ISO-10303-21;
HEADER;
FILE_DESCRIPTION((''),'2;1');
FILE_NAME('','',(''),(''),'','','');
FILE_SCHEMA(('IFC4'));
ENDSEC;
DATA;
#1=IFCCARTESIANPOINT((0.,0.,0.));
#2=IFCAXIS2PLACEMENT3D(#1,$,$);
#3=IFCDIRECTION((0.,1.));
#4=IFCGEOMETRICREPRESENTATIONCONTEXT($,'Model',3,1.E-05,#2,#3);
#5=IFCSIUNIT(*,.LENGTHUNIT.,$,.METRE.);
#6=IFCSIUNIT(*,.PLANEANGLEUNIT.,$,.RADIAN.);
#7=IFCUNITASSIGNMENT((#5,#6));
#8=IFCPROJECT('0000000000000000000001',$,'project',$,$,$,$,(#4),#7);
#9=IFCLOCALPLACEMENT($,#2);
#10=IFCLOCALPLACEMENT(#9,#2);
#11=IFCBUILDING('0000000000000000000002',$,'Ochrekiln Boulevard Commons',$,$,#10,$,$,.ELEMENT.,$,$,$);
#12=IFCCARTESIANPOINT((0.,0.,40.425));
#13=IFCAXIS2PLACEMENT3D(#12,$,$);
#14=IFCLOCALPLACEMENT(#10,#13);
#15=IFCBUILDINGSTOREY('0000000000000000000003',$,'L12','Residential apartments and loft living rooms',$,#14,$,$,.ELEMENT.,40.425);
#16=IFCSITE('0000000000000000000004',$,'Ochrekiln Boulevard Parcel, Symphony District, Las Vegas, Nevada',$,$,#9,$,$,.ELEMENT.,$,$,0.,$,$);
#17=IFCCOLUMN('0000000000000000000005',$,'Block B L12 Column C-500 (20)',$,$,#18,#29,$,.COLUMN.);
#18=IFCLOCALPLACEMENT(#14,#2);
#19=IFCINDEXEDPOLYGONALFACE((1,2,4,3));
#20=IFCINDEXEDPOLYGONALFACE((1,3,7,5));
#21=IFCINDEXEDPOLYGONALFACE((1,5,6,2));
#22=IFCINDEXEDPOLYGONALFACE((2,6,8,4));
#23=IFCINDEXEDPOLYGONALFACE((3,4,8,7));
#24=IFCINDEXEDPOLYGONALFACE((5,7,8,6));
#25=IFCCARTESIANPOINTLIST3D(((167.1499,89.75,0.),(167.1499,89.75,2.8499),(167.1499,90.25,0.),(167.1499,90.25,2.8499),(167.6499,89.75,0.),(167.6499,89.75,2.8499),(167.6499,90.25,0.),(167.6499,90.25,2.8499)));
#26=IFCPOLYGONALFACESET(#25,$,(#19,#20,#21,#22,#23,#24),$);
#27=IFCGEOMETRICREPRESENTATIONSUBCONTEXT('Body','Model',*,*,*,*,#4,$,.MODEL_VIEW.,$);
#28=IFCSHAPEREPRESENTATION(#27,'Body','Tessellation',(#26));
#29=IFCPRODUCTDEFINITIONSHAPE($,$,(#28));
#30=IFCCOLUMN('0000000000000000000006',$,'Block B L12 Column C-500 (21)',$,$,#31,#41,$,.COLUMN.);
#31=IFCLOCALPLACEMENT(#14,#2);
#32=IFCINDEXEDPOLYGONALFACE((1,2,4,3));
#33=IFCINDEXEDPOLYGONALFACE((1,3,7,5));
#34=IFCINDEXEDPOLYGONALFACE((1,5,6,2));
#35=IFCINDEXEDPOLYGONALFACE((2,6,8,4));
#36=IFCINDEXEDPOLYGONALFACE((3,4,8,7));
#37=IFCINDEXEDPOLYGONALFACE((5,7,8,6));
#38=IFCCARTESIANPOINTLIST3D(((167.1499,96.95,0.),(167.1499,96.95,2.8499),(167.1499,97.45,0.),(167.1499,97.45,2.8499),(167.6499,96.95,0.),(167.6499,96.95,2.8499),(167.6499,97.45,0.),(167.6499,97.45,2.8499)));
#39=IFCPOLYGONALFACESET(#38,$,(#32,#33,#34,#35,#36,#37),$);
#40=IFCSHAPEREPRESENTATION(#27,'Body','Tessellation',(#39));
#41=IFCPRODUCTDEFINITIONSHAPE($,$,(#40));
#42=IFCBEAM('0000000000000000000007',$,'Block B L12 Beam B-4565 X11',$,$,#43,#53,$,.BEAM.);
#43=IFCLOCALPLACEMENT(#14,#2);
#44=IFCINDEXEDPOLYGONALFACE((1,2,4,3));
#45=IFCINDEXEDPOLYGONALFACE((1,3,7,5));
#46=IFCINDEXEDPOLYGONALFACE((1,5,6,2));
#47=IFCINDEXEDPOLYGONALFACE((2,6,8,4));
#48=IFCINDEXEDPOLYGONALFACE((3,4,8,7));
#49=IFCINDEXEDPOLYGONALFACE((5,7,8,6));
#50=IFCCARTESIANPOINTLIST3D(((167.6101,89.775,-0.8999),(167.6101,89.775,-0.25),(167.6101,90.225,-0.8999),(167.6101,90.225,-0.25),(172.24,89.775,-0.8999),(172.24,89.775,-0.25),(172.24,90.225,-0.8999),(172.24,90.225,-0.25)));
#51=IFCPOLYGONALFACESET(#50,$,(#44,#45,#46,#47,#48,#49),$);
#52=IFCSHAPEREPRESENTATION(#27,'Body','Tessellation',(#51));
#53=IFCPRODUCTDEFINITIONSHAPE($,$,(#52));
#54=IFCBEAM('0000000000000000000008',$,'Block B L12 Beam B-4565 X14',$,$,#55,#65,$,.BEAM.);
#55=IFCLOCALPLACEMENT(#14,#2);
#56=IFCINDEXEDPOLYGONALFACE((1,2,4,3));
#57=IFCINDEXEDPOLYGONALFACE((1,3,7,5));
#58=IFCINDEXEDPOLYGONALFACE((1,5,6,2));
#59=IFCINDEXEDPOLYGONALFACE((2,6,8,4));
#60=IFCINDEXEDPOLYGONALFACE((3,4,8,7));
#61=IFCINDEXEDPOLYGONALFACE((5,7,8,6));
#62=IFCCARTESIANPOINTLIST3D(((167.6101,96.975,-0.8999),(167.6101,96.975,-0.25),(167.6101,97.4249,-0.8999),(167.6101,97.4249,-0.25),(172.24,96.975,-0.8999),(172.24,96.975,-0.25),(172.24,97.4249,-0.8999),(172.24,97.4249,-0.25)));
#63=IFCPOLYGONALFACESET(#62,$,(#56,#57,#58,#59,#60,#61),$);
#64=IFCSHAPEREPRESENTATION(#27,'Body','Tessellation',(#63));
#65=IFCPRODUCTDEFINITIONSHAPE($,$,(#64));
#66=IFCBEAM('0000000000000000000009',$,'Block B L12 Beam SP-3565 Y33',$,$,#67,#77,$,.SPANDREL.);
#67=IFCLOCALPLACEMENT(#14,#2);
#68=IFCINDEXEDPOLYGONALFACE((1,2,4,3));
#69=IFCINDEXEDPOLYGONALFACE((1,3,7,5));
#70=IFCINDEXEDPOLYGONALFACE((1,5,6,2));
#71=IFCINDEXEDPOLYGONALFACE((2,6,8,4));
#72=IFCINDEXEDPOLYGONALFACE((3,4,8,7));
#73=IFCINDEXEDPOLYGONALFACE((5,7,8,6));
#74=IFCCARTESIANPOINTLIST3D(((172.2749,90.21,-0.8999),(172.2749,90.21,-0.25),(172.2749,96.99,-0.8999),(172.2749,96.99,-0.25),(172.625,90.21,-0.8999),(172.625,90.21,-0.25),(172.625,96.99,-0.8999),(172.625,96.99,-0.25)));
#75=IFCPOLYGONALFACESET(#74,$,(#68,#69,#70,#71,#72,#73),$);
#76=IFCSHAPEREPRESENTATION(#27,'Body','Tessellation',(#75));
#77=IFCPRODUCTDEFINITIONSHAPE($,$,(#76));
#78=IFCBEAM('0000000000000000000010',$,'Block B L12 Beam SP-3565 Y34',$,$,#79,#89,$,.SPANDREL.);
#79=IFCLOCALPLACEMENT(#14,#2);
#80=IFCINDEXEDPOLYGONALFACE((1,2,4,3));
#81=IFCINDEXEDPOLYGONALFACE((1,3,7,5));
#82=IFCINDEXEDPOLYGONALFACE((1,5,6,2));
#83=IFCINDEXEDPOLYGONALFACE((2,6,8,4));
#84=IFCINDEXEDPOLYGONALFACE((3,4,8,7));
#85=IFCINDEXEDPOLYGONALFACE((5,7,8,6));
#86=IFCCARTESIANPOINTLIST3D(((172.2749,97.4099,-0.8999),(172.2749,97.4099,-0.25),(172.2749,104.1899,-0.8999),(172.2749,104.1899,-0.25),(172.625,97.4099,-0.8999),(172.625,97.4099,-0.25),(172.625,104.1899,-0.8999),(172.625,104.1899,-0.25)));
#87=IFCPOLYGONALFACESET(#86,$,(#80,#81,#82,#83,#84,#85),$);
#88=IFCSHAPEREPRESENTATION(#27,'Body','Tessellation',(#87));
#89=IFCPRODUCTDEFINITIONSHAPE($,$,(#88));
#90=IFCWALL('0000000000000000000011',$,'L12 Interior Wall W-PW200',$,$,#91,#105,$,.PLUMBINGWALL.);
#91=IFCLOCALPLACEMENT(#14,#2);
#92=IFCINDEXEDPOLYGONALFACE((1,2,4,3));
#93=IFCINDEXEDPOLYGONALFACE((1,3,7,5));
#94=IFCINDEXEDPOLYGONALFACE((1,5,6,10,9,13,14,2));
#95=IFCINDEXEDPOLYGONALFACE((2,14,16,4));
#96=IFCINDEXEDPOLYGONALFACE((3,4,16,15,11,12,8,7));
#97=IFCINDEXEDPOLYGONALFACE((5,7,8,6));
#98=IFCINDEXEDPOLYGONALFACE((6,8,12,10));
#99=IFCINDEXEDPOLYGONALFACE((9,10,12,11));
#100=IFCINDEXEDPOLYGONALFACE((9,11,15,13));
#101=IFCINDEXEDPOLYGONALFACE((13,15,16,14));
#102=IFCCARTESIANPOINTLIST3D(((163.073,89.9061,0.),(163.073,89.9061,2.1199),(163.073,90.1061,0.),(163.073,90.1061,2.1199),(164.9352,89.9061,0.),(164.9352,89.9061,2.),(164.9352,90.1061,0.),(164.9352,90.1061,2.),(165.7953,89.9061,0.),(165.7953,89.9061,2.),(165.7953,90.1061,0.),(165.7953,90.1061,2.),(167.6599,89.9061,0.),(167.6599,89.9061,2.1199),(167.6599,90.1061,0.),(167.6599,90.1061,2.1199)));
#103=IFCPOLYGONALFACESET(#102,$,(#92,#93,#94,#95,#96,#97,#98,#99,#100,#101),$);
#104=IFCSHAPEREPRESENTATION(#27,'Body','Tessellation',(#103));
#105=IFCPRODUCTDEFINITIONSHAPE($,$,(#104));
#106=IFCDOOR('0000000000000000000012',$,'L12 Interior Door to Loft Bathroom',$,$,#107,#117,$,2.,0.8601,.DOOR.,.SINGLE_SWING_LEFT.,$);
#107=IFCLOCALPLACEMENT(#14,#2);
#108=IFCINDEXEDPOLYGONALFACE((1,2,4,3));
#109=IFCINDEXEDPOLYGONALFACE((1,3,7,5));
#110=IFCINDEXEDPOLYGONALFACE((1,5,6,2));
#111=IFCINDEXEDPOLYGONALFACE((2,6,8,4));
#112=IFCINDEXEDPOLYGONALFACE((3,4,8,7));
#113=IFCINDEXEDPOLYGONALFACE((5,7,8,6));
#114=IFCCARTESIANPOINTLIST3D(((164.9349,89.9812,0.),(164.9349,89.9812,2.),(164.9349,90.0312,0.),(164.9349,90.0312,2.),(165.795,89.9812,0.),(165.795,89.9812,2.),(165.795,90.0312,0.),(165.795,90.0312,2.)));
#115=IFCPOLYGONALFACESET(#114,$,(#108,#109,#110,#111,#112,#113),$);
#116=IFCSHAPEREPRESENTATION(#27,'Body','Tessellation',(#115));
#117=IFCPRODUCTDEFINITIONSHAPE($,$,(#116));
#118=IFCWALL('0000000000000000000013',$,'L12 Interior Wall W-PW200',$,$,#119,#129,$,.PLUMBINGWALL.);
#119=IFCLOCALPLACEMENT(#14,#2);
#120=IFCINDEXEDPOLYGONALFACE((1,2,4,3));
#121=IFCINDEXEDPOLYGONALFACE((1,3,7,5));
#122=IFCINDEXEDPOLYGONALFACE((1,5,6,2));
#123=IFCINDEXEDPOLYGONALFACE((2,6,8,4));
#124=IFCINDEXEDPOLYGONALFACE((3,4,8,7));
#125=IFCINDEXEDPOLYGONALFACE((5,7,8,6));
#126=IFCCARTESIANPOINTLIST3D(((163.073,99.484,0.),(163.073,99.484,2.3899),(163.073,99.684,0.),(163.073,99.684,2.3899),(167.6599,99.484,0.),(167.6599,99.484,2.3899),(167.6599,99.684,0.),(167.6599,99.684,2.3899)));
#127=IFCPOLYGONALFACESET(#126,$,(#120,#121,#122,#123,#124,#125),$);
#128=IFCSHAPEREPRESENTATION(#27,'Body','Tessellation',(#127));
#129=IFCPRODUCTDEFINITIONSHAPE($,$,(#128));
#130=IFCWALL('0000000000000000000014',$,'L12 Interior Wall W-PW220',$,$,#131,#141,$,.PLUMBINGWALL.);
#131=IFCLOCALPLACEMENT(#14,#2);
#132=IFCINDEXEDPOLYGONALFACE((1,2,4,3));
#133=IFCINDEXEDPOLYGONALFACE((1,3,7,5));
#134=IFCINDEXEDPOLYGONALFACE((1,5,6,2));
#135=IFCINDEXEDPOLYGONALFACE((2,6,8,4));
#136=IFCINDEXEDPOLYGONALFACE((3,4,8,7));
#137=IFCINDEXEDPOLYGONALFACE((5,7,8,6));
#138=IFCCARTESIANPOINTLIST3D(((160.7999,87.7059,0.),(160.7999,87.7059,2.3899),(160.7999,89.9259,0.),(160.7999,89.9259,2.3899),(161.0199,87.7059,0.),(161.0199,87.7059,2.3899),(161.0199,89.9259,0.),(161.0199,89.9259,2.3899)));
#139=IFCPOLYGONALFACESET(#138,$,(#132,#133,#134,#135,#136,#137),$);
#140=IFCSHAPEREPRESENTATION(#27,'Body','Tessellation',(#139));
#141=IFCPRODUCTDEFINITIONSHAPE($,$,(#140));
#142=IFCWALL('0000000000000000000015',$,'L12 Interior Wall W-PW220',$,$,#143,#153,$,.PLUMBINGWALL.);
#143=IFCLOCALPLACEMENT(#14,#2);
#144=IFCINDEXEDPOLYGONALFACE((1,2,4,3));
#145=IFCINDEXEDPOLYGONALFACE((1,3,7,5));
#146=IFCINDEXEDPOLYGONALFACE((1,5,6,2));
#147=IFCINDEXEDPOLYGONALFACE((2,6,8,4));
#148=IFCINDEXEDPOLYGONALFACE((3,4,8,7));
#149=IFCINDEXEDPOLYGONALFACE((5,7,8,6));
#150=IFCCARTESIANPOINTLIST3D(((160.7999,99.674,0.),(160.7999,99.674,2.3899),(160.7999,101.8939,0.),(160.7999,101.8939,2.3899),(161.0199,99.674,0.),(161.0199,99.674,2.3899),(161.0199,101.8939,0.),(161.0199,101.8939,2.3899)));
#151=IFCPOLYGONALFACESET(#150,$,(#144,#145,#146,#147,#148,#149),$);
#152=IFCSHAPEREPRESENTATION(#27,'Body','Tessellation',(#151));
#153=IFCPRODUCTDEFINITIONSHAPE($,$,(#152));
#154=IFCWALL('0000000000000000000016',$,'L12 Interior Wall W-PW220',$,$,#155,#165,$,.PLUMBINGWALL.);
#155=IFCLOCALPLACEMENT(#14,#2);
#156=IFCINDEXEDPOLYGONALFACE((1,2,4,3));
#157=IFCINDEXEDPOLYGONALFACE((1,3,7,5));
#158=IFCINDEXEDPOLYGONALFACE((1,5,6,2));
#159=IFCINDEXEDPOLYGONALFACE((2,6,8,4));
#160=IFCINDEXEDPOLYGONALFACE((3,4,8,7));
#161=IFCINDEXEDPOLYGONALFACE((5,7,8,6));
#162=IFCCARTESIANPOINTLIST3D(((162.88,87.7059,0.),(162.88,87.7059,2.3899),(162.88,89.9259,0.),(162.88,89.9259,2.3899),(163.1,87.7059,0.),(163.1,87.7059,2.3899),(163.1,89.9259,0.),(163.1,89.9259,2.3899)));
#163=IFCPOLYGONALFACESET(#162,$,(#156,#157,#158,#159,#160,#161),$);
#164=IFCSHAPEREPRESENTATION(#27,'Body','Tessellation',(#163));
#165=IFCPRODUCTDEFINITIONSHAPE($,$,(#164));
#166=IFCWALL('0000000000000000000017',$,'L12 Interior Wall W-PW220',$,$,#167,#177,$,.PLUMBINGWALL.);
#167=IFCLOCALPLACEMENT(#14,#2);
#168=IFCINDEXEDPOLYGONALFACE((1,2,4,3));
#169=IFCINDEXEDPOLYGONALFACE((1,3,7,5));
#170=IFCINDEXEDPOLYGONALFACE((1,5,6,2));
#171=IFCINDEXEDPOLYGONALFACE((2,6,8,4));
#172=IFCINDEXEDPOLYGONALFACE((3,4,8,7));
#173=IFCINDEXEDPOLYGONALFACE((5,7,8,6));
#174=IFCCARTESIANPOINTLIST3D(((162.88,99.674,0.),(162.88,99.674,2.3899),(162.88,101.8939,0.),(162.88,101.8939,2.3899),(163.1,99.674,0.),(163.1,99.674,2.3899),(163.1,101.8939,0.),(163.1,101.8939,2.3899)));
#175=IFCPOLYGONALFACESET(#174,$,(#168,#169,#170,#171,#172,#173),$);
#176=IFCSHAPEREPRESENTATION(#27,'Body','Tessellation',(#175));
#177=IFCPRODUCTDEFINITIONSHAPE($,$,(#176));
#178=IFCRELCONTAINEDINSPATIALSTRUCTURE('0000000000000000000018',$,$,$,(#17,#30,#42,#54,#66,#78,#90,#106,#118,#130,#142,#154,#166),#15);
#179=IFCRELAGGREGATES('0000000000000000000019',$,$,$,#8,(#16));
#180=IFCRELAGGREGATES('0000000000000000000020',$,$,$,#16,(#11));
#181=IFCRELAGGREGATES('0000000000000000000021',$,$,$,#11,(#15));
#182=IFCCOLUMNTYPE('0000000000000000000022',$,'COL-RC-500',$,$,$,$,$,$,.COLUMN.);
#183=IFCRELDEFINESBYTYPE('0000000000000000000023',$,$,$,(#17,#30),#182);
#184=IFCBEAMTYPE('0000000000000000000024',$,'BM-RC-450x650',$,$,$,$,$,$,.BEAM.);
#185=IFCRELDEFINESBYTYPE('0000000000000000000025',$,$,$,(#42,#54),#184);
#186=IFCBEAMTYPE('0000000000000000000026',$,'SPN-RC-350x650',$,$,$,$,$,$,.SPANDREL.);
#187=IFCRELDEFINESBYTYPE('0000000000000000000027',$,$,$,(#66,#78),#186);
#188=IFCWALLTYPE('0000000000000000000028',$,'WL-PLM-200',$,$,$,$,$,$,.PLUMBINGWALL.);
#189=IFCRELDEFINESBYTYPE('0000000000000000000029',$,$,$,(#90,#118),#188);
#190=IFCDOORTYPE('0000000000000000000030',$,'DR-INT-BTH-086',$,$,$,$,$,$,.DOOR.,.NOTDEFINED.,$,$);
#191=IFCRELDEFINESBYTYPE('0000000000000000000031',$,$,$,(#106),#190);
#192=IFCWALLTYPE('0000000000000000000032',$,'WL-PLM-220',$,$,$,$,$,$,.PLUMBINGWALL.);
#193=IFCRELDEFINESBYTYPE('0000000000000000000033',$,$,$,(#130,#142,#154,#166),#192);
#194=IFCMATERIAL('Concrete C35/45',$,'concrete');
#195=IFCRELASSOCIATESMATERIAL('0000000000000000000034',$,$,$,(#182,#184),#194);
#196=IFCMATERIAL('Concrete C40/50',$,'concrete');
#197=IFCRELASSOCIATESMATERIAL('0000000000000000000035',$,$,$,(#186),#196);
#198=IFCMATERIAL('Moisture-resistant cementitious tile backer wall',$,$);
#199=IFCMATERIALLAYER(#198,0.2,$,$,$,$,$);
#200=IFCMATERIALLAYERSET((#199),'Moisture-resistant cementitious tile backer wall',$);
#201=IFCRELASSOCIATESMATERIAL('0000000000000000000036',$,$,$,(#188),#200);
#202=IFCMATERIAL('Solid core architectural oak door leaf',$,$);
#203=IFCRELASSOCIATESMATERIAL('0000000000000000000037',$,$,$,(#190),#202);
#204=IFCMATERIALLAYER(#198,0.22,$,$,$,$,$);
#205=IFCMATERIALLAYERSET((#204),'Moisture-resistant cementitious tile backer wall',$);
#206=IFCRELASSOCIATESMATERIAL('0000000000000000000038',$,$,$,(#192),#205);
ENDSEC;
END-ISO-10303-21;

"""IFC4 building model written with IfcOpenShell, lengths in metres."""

from ifc_helpers import new_model, si_unit, direction, frame, frame_2d, origin, origin_2d, place, context, subcontext, project, spatial, rectangle, extrude, material, layer, layer_set, material_profile, profile_set, type_object, element, fill, save


model = new_model("IFC4")

# Units and contexts
model_context = context("Model", 3, precision=1e-05, world=origin(), true_north=direction((0.0, 1.0)))
body_context = subcontext(model_context, "Body", "Model", "MODEL_VIEW")
ifc_project = project(units=[si_unit("LENGTHUNIT", "METRE"), si_unit("PLANEANGLEUNIT", "RADIAN")], contexts=[model_context])

# Site, building, storey
site_placement = place(None, origin())
site = spatial("IfcSite", under=ifc_project, at=site_placement, Name="Ochrekiln Boulevard Parcel, Symphony District, Las Vegas, Nevada", CompositionType="ELEMENT", RefElevation=0.0)
building_placement = place(site_placement, origin())
building = spatial("IfcBuilding", under=site, at=building_placement, Name="Ochrekiln Boulevard Commons", CompositionType="ELEMENT")
storey_placement = place(building_placement, frame((0.0, 0.0, 40.425)))
storey = spatial("IfcBuildingStorey", under=building, at=storey_placement, Name="L12", Description="Residential apartments and loft living rooms", CompositionType="ELEMENT", Elevation=40.425)

# Columns
ifc_material_1 = material(Name="Concrete C35/45", Category="concrete")
ifc_material_profile_1 = material_profile(ifc_material_1, rectangle(XDim=0.5, YDim=0.5, at=origin_2d()), Name="RC-COL-500x500")
ifc_profile_set_1 = profile_set([ifc_material_profile_1], Name="Concrete C35/45")
column_type = type_object("IfcColumnType", Name="COL-RC-500", PredefinedType="COLUMN", material=ifc_profile_set_1)
for number, where, z_axis, x_axis, name in (
    (1, (167.3999, 90.0, 0.0), (0.0, 0.0, 1.0), (1.0, 0.0, 0.0), "Block B L12 Column C-500 (20)"),
    (2, (167.3999, 97.2, 0.0), (0.0, 0.0, 1.0), (1.0, 0.0, 0.0), "Block B L12 Column C-500 (21)"),
):
    element("IfcColumn", number, at=place(storey_placement, frame(where, z_axis=z_axis, x_axis=x_axis)), inside=storey, type_object=column_type, Name=name, PredefinedType="COLUMN", context=body_context, shape_type="SweptSolid", body=[
        extrude(rectangle(XDim=0.5, YDim=0.5, at=origin_2d()), origin(), (0.0, 0.0, 1.0), 2.8499),
    ])

# Beams
ifc_material_profile_2 = material_profile(ifc_material_1, rectangle(XDim=0.45, YDim=0.6499, at=origin_2d()), Name="RC-BM-450x650")
ifc_profile_set_2 = profile_set([ifc_material_profile_2], Name="Concrete C35/45")
beam_type_1 = type_object("IfcBeamType", Name="BM-RC-450x650", PredefinedType="BEAM", material=ifc_profile_set_2)
for number, where, z_axis, x_axis, name in (
    (3, (167.6101, 90.0, -0.575), (1.0, 0.0, 0.0), (0.0, 1.0, 0.0), "Block B L12 Beam B-4565 X11"),
    (4, (167.6101, 97.2, -0.575), (1.0, 0.0, 0.0), (0.0, 1.0, 0.0), "Block B L12 Beam B-4565 X14"),
):
    element("IfcBeam", number, at=place(storey_placement, frame(where, z_axis=z_axis, x_axis=x_axis)), inside=storey, type_object=beam_type_1, Name=name, PredefinedType="BEAM", context=body_context, shape_type="SweptSolid", body=[
        extrude(rectangle(XDim=0.45, YDim=0.6499, at=origin_2d()), origin(), (0.0, 0.0, 1.0), 4.6299),
    ])
ifc_material_2 = material(Name="Concrete C40/50", Category="concrete")
ifc_material_profile_3 = material_profile(ifc_material_2, rectangle(XDim=0.3501, YDim=0.6499, at=origin_2d()), Name="RC-SPN-350x650")
ifc_profile_set_3 = profile_set([ifc_material_profile_3], Name="Concrete C40/50")
beam_type_2 = type_object("IfcBeamType", Name="SPN-RC-350x650", PredefinedType="SPANDREL", material=ifc_profile_set_3)
for number, where, z_axis, x_axis, name in (
    (5, (172.45, 90.21, -0.575), (0.0, 1.0, 0.0), (-1.0, 0.0, 0.0), "Block B L12 Beam SP-3565 Y33"),
    (6, (172.45, 97.4099, -0.575), (0.0, 1.0, 0.0), (-1.0, 0.0, 0.0), "Block B L12 Beam SP-3565 Y34"),
):
    element("IfcBeam", number, at=place(storey_placement, frame(where, z_axis=z_axis, x_axis=x_axis)), inside=storey, type_object=beam_type_2, Name=name, PredefinedType="SPANDREL", context=body_context, shape_type="SweptSolid", body=[
        extrude(rectangle(XDim=0.3501, YDim=0.6499, at=origin_2d()), origin(), (0.0, 0.0, 1.0), 6.78),
    ])

# Wall, opening, door
ifc_material_3 = material(Name="Moisture-resistant cementitious tile backer wall")
ifc_layer_1 = layer(ifc_material_3, 0.2)
ifc_layer_set_1 = layer_set([ifc_layer_1], Name="Moisture-resistant cementitious tile backer wall")
wall_type_1 = type_object("IfcWallType", Name="WL-PLM-200", PredefinedType="PLUMBINGWALL", material=ifc_layer_set_1)
wall_1_placement = place(storey_placement, frame((163.073, 90.0061, 0.0), z_axis=(0.0, 0.0, 1.0), x_axis=(1.0, 0.0, 0.0)))
wall_1 = element("IfcWall", 7, at=wall_1_placement, inside=storey, type_object=wall_type_1, Name="L12 Interior Wall W-PW200", PredefinedType="PLUMBINGWALL", context=body_context, shape_type="SweptSolid", body=[
    extrude(rectangle(XDim=4.5869, YDim=0.2, at=frame_2d((2.2935, 0.0))), origin(), (0.0, 0.0, 1.0), 2.1199),
])
opening_1_placement = place(wall_1_placement, frame((1.8621, 0.0, 0.0)))
opening_1 = element("IfcOpeningElement", 8, at=opening_1_placement, cuts=wall_1, PredefinedType="OPENING", context=body_context, shape_type="SweptSolid", body=[
    extrude(rectangle(XDim=0.8601, YDim=2.0, at=frame_2d((0.4302, 1.0))), frame((0.0, 0.1099, 0.0), z_axis=(0.0, -1.0, 0.0), x_axis=(1.0, 0.0, 0.0)), (0.0, 0.0, 1.0), 0.22),
])
ifc_material_4 = material(Name="Solid core architectural oak door leaf")
door_type_1 = type_object("IfcDoorType", Name="DR-INT-BTH-086", OperationType="NOTDEFINED", PredefinedType="DOOR", material=ifc_material_4)
door_1_placement = place(opening_1_placement, frame((0.8601, 0.0, 0.0), z_axis=(0.0, 0.0, 1.0), x_axis=(-1.0, 0.0, 0.0)))
door_1 = element("IfcDoor", 9, at=door_1_placement, inside=storey, type_object=door_type_1, Name="L12 Interior Door to Loft Bathroom", OperationType="SINGLE_SWING_LEFT", OverallHeight=2.0, OverallWidth=0.8601, PredefinedType="DOOR", context=body_context, shape_type="SweptSolid", body=[
    extrude(rectangle(XDim=0.8601, YDim=2.0, at=frame_2d((0.4302, 1.0))), frame((0.0, 0.0249, 0.0), z_axis=(0.0, -1.0, 0.0), x_axis=(1.0, 0.0, 0.0)), (0.0, 0.0, 1.0), 0.05),
])
fill(opening_1, door_1)

# Walls
wall_2_placement = place(storey_placement, frame((163.073, 99.584, 0.0), z_axis=(0.0, 0.0, 1.0), x_axis=(1.0, 0.0, 0.0)))
element("IfcWall", 10, at=wall_2_placement, inside=storey, type_object=wall_type_1, Name="L12 Interior Wall W-PW200", PredefinedType="PLUMBINGWALL", context=body_context, shape_type="SweptSolid", body=[
    extrude(rectangle(XDim=4.5869, YDim=0.2, at=frame_2d((2.2935, 0.0))), origin(), (0.0, 0.0, 1.0), 2.3899),
])
ifc_layer_2 = layer(ifc_material_3, 0.22)
ifc_layer_set_2 = layer_set([ifc_layer_2], Name="Moisture-resistant cementitious tile backer wall")
wall_type_2 = type_object("IfcWallType", Name="WL-PLM-220", PredefinedType="PLUMBINGWALL", material=ifc_layer_set_2)
for number, where, z_axis, x_axis, name in (
    (11, (160.9099, 87.7061, 0.0), (0.0, 0.0, 1.0), (0.0, 1.0, 0.0), "L12 Interior Wall W-PW220"),
    (12, (160.9099, 99.6741, 0.0), (0.0, 0.0, 1.0), (0.0, 1.0, 0.0), "L12 Interior Wall W-PW220"),
    (13, (162.99, 87.7061, 0.0), (0.0, 0.0, 1.0), (0.0, 1.0, 0.0), "L12 Interior Wall W-PW220"),
    (14, (162.99, 99.6741, 0.0), (0.0, 0.0, 1.0), (0.0, 1.0, 0.0), "L12 Interior Wall W-PW220"),
):
    element("IfcWall", number, at=place(storey_placement, frame(where, z_axis=z_axis, x_axis=x_axis)), inside=storey, type_object=wall_type_2, Name=name, PredefinedType="PLUMBINGWALL", context=body_context, shape_type="SweptSolid", body=[
        extrude(rectangle(XDim=2.22, YDim=0.22, at=frame_2d((1.1099, 0.0))), origin(), (0.0, 0.0, 1.0), 2.3899),
    ])

save(model, "model.ifc")
